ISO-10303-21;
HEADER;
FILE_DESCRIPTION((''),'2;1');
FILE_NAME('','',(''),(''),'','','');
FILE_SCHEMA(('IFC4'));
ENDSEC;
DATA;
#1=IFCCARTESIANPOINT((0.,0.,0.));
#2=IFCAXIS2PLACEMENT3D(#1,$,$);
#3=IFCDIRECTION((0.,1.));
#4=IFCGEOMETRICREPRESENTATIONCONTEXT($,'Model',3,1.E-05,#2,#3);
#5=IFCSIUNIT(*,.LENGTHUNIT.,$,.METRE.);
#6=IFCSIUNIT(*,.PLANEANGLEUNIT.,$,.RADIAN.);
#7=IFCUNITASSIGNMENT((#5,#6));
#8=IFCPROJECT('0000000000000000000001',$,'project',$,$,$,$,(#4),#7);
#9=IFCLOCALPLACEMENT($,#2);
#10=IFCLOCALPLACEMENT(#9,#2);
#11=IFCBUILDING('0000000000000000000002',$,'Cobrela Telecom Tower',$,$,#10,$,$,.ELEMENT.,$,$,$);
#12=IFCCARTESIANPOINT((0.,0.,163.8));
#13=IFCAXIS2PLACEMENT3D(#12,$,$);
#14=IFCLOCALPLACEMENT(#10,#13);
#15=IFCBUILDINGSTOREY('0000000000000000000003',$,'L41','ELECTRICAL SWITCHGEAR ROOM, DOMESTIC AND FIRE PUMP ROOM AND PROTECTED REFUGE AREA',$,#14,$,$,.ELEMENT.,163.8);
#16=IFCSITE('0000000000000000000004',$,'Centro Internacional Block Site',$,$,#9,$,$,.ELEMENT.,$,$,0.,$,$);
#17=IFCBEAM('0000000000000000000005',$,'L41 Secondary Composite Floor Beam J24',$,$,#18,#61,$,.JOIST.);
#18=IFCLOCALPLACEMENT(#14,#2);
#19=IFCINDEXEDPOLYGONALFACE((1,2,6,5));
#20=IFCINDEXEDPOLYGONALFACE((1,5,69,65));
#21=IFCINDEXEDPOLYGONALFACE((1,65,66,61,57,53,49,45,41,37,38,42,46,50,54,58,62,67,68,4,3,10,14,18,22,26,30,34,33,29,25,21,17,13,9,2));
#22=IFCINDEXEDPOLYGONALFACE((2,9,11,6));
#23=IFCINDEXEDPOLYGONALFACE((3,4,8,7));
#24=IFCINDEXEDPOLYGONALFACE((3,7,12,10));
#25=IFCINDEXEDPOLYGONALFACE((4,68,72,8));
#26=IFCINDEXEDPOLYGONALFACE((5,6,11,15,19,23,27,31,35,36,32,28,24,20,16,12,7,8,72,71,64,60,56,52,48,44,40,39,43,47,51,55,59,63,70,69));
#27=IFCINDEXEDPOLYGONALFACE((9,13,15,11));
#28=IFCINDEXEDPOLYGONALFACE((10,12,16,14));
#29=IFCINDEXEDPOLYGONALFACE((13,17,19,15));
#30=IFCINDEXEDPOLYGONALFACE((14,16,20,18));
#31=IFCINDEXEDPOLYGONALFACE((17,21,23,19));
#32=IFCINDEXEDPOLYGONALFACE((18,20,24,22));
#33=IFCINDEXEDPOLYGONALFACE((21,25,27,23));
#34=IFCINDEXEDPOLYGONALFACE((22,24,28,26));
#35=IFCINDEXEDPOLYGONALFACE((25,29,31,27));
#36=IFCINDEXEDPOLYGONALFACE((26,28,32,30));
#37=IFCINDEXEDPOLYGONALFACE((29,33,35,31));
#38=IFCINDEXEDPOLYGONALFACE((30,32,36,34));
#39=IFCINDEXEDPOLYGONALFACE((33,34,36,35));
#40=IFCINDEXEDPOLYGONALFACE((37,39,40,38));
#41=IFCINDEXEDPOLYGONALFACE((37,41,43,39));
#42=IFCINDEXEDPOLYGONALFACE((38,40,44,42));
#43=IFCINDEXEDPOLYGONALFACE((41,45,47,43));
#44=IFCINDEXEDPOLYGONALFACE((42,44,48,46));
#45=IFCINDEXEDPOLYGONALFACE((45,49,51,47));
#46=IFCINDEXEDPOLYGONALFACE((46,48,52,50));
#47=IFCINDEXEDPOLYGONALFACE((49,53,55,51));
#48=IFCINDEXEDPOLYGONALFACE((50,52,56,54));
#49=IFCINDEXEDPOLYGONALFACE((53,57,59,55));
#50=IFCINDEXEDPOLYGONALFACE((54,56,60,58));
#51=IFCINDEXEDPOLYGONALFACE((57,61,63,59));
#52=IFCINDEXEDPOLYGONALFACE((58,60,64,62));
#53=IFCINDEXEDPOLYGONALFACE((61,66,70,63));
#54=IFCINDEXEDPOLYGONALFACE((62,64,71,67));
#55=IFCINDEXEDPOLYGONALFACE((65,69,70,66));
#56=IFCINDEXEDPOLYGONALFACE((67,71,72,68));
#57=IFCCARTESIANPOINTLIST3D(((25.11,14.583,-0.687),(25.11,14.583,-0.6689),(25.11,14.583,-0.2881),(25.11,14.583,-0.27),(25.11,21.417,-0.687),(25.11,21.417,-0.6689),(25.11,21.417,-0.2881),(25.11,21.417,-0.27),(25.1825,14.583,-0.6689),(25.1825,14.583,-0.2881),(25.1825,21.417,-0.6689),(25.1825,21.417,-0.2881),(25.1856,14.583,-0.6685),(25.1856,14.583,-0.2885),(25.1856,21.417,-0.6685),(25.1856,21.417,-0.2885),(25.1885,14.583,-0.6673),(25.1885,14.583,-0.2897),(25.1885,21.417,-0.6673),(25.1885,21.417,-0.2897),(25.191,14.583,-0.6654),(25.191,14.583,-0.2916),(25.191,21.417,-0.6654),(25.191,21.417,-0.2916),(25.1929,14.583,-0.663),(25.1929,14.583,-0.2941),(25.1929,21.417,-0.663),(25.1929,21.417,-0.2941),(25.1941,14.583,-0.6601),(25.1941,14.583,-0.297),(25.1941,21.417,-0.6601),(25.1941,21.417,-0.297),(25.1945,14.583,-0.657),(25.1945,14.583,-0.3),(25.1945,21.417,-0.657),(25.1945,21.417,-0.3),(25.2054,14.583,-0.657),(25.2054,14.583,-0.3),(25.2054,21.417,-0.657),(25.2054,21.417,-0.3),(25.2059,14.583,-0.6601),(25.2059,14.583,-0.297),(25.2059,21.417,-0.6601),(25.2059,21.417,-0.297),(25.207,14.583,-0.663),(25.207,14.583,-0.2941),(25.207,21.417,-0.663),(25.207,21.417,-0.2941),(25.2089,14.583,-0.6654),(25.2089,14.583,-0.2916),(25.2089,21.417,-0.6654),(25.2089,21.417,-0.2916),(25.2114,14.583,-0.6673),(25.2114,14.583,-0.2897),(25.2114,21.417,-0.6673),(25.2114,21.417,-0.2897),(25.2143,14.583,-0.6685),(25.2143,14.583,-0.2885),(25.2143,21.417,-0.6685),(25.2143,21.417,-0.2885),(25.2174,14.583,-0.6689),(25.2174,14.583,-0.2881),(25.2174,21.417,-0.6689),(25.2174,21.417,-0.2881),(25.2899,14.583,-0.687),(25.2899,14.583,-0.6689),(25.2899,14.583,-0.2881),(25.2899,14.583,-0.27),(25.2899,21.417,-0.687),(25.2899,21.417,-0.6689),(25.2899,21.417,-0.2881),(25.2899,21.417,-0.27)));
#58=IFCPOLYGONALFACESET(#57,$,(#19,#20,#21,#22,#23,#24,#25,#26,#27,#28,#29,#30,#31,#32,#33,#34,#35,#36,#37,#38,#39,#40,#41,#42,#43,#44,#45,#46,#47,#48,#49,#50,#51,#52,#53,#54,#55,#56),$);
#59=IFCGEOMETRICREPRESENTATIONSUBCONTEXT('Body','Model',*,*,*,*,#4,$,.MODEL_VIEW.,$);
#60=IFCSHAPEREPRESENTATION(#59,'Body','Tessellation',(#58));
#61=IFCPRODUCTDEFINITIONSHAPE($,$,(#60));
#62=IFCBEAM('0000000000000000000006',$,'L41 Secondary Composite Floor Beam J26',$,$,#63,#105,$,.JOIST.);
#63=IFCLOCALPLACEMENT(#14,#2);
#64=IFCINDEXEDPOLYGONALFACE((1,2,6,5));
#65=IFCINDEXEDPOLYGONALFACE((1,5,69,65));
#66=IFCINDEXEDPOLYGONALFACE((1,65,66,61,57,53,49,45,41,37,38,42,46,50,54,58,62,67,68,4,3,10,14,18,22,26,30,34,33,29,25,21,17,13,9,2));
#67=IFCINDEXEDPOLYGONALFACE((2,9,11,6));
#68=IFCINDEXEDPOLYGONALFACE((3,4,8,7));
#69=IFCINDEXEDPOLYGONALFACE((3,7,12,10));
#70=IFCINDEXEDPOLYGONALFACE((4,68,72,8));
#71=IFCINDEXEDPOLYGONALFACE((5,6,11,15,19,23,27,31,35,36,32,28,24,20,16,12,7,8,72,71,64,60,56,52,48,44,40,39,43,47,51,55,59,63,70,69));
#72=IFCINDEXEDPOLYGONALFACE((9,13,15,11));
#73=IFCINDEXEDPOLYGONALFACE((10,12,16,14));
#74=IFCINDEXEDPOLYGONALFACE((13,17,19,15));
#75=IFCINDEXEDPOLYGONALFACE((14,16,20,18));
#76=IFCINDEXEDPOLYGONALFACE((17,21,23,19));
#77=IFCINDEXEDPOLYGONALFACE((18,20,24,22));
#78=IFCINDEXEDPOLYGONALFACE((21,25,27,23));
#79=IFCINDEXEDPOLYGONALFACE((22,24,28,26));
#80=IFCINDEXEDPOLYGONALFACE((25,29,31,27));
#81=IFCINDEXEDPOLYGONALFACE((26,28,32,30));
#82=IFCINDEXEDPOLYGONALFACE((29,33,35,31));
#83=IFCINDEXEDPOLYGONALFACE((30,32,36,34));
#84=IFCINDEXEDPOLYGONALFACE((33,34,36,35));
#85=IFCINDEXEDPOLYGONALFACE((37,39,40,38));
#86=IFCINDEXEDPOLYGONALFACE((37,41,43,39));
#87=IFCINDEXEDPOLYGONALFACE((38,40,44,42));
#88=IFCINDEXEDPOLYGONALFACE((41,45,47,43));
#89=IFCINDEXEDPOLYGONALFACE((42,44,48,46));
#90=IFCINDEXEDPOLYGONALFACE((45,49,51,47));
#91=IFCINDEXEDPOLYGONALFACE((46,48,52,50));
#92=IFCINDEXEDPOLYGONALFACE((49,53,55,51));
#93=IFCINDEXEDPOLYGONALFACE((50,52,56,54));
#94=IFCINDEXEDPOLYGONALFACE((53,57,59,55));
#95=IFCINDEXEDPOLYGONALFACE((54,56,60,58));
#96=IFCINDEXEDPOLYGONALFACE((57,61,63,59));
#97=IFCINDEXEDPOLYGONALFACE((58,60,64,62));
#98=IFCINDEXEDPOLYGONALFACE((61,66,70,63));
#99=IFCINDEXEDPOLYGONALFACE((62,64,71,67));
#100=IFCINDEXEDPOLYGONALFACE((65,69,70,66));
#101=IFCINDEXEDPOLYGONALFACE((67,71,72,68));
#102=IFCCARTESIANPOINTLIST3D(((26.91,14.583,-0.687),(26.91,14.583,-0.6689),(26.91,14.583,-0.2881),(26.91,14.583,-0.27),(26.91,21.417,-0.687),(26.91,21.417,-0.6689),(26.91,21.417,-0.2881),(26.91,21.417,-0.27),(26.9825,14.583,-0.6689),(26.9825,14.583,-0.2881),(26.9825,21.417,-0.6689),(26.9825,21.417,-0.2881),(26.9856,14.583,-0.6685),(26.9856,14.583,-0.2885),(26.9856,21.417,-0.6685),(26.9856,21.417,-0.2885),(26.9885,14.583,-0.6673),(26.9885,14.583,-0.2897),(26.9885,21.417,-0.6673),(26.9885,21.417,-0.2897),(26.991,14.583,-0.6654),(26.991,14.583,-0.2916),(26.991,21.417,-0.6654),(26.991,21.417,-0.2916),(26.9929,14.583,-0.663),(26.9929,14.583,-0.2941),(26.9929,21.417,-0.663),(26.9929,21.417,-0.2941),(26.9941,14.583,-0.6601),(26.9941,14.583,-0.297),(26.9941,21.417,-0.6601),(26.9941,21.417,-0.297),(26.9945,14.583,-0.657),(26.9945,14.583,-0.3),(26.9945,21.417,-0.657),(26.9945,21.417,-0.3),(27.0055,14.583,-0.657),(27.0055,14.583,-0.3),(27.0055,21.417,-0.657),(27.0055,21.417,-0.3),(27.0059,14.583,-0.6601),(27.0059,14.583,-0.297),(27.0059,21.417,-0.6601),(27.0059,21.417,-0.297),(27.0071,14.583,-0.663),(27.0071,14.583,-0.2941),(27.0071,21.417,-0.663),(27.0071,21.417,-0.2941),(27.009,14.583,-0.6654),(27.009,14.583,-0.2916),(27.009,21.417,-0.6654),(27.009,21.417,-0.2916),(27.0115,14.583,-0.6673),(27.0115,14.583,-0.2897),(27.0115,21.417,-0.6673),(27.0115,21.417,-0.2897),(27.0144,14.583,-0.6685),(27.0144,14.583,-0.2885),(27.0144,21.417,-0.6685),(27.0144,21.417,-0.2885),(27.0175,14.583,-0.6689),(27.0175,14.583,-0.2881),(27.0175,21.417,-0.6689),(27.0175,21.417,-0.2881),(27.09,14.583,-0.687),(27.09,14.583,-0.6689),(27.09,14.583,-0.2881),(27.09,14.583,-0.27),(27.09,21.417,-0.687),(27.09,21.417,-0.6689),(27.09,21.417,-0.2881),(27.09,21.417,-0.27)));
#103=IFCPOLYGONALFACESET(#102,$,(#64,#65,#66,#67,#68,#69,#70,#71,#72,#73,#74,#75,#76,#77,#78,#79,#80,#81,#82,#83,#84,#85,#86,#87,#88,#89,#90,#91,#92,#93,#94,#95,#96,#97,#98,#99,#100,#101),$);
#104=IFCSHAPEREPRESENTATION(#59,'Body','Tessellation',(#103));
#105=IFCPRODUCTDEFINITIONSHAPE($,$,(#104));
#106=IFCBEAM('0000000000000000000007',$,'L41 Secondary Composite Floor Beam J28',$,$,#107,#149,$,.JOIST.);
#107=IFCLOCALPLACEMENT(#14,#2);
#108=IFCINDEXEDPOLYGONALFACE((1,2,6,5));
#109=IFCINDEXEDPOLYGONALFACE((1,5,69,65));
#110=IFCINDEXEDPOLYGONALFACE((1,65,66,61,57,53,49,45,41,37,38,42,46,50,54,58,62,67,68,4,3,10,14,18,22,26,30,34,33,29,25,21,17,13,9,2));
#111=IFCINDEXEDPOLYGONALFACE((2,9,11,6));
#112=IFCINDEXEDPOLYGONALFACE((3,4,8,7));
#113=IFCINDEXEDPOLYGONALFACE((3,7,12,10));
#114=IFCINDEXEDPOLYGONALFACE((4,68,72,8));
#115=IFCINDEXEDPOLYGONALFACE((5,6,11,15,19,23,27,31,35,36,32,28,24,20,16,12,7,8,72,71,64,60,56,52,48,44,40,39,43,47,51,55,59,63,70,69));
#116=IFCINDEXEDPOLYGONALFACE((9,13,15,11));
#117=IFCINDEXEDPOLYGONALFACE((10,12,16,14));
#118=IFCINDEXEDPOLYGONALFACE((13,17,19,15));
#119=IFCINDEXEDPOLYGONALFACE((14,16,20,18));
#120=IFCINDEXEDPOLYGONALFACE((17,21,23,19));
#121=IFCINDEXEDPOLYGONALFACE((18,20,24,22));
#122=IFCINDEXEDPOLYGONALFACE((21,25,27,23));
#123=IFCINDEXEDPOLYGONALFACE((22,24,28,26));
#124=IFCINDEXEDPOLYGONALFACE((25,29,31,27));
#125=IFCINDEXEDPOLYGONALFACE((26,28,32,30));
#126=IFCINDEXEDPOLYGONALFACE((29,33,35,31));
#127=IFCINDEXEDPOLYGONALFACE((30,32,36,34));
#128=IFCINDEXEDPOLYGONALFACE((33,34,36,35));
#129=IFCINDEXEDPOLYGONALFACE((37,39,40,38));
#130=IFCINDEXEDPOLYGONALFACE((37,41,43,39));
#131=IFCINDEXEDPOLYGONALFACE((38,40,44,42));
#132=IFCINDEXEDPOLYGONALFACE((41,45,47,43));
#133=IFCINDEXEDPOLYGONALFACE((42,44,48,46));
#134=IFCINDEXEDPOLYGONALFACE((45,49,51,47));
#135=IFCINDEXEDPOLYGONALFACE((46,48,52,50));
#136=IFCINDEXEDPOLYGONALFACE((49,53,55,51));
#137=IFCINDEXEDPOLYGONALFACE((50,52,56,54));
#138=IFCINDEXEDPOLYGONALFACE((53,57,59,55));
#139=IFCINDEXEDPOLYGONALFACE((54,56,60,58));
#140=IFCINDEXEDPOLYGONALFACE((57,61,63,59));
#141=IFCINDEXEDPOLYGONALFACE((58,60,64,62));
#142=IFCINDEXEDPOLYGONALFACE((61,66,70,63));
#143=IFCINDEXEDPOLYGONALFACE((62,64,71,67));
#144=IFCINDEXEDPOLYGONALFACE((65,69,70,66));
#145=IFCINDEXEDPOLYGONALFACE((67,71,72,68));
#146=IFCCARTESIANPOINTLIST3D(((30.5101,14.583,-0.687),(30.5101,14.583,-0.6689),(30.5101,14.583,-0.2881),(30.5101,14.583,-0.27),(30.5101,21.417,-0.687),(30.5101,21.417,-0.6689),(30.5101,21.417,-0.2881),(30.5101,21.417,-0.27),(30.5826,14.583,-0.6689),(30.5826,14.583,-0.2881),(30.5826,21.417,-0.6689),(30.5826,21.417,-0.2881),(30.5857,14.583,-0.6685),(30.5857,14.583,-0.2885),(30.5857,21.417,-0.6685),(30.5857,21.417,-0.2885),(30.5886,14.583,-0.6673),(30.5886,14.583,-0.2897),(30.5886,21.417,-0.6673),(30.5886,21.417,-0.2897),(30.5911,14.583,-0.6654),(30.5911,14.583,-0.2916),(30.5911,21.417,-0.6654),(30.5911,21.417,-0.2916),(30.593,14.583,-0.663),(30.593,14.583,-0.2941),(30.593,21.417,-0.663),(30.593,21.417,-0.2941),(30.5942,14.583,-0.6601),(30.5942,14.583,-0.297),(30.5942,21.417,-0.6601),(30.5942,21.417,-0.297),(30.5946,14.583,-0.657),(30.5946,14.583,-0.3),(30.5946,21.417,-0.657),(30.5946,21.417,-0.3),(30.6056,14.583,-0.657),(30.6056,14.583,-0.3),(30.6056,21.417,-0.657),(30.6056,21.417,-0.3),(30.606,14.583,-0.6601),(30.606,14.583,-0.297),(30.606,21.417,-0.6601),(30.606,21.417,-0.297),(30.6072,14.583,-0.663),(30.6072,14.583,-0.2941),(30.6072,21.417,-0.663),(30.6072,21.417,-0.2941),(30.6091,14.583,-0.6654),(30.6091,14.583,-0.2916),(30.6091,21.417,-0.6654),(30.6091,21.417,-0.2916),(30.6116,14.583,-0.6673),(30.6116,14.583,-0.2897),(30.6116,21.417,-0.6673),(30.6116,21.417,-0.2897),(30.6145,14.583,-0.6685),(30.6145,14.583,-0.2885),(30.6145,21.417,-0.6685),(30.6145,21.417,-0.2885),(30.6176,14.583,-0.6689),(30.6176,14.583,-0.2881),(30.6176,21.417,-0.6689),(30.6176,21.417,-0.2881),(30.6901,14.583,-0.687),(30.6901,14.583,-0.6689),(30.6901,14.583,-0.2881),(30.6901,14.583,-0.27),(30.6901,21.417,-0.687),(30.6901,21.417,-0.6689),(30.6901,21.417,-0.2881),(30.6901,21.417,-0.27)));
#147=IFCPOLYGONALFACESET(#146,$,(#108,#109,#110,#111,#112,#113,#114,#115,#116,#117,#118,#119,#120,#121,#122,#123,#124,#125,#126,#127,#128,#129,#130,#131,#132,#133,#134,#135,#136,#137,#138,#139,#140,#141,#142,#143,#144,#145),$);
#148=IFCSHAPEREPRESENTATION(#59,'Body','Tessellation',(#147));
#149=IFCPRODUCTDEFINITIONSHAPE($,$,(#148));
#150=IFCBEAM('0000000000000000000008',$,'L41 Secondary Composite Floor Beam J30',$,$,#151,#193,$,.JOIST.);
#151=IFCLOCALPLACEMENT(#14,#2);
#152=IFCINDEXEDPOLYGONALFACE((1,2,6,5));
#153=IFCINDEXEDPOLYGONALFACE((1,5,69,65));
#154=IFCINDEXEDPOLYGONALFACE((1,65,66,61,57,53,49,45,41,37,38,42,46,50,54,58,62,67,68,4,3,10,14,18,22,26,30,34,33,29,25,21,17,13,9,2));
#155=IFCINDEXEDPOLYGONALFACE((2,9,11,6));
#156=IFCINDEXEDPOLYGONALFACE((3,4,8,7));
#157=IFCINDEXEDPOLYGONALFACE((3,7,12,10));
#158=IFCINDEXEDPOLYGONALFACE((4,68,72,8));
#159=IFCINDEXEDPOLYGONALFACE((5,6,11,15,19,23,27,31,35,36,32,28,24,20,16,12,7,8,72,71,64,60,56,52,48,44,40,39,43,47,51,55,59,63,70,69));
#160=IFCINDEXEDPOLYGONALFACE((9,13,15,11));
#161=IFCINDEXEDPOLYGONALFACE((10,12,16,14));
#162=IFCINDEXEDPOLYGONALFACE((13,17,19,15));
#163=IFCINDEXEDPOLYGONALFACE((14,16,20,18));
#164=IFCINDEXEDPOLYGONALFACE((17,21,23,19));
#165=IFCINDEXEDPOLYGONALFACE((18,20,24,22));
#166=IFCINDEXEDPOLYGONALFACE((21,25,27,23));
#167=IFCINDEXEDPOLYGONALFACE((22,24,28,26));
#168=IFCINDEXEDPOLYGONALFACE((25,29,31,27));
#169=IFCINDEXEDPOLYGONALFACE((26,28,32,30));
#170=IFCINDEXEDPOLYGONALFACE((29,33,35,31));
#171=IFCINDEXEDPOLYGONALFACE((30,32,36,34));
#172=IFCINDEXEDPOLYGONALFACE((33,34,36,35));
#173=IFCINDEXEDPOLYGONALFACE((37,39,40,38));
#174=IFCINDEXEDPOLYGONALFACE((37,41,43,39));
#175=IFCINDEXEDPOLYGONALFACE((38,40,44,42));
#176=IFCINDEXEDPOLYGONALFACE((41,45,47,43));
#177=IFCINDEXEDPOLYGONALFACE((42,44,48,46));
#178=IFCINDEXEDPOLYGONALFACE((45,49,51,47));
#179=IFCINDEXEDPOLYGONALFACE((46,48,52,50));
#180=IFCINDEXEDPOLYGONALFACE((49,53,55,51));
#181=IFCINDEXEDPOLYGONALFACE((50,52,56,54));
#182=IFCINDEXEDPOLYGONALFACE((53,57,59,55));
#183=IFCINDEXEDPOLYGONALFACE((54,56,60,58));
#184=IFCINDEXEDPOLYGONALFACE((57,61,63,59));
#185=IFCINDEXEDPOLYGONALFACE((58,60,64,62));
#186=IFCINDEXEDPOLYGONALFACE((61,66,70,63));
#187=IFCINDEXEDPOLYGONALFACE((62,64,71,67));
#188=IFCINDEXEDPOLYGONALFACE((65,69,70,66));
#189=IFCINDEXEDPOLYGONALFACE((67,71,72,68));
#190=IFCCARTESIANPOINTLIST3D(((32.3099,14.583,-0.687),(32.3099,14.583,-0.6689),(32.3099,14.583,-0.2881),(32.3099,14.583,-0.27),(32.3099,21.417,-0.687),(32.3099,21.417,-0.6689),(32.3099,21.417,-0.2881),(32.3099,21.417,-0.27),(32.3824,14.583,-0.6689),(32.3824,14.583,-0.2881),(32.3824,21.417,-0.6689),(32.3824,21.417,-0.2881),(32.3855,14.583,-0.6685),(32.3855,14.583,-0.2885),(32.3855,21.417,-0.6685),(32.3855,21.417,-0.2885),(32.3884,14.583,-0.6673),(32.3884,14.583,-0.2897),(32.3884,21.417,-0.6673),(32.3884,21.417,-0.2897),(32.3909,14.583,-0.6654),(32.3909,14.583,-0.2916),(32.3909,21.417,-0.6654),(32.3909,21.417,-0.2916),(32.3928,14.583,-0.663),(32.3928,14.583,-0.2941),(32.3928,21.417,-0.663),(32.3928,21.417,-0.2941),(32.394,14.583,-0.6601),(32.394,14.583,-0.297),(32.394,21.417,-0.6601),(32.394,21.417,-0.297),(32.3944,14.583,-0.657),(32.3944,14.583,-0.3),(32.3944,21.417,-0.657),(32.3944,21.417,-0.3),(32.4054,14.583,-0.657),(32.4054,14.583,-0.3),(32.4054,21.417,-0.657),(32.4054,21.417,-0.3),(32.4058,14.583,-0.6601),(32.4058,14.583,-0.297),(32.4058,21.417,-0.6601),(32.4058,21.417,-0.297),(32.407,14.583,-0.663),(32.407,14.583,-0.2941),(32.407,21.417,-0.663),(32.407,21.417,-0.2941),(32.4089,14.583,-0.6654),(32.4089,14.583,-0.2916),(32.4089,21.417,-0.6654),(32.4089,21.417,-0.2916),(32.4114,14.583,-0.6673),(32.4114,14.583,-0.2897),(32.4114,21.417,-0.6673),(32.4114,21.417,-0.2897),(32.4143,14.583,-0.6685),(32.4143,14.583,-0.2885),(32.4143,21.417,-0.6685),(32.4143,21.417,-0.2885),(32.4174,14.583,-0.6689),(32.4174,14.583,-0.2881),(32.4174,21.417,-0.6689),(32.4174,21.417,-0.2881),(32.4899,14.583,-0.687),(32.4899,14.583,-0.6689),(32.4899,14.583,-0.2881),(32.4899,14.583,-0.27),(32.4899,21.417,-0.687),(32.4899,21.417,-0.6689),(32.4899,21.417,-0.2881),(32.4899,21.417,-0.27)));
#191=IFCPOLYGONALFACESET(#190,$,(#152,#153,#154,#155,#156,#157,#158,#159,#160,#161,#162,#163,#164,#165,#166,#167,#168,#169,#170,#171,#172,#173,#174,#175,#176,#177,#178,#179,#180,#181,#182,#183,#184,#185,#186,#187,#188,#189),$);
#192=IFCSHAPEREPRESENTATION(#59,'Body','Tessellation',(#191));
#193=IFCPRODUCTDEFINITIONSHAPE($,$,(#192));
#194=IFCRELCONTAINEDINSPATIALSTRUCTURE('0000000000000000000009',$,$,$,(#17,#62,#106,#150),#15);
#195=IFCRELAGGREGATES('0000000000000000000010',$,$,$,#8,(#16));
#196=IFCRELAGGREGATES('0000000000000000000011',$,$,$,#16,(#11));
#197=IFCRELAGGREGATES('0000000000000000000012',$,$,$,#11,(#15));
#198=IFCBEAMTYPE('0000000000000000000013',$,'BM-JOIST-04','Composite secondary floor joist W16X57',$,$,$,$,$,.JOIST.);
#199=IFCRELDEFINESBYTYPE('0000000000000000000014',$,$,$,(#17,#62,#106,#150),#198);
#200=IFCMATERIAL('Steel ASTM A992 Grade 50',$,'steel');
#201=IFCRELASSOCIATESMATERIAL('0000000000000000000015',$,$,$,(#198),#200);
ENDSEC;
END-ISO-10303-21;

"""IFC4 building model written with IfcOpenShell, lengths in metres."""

from ifc_helpers import new_model, si_unit, direction, frame, origin, origin_2d, place, context, subcontext, project, spatial, i_section, extrude, material, material_profile, profile_set, type_object, element, save


model = new_model("IFC4")

# Units and contexts
model_context = context("Model", 3, precision=1e-05, world=origin(), true_north=direction((0.0, 1.0)))
body_context = subcontext(model_context, "Body", "Model", "MODEL_VIEW")
ifc_project = project(units=[si_unit("LENGTHUNIT", "METRE"), si_unit("PLANEANGLEUNIT", "RADIAN")], contexts=[model_context])

# Site, building, storey
site_placement = place(None, origin())
site = spatial("IfcSite", under=ifc_project, at=site_placement, Name="Centro Internacional Block Site", CompositionType="ELEMENT", RefElevation=0.0)
building_placement = place(site_placement, origin())
building = spatial("IfcBuilding", under=site, at=building_placement, Name="Cobrela Telecom Tower", CompositionType="ELEMENT")
storey_placement = place(building_placement, frame((0.0, 0.0, 163.8)))
storey = spatial("IfcBuildingStorey", under=building, at=storey_placement, Name="L41", Description="ELECTRICAL SWITCHGEAR ROOM, DOMESTIC AND FIRE PUMP ROOM AND PROTECTED REFUGE AREA", CompositionType="ELEMENT", Elevation=163.8)

# Shared definitions
ifc_material_1 = material(Name="Steel ASTM A992 Grade 50", Category="steel")

# Beams
ifc_material_profile_1 = material_profile(ifc_material_1, i_section(OverallWidth=0.1799, OverallDepth=0.417, WebThickness=0.011, FlangeThickness=0.0181, FilletRadius=0.012, at=origin_2d()), Name="W16X57")
ifc_profile_set_1 = profile_set([ifc_material_profile_1], Name="Steel ASTM A992 Grade 50")
beam_type_1 = type_object("IfcBeamType", Name="BM-JOIST-04", Description="Composite secondary floor joist W16X57", PredefinedType="JOIST", material=ifc_profile_set_1)
for number, where, z_axis, x_axis, name in (
    (1, (25.2, 14.583, -0.4785), (0.0, 1.0, 0.0), (-1.0, 0.0, 0.0), "L41 Secondary Composite Floor Beam J24"),
    (2, (27.0, 14.583, -0.4785), (0.0, 1.0, 0.0), (-1.0, 0.0, 0.0), "L41 Secondary Composite Floor Beam J26"),
    (3, (30.6001, 14.583, -0.4785), (0.0, 1.0, 0.0), (-1.0, 0.0, 0.0), "L41 Secondary Composite Floor Beam J28"),
    (4, (32.3999, 14.583, -0.4785), (0.0, 1.0, 0.0), (-1.0, 0.0, 0.0), "L41 Secondary Composite Floor Beam J30"),
):
    element("IfcBeam", number, at=place(storey_placement, frame(where, z_axis=z_axis, x_axis=x_axis)), inside=storey, type_object=beam_type_1, Name=name, PredefinedType="JOIST", context=body_context, shape_type="SweptSolid", body=[
        extrude(i_section(OverallWidth=0.1799, OverallDepth=0.417, WebThickness=0.011, FlangeThickness=0.0181, FilletRadius=0.012, at=origin_2d()), origin(), (0.0, 0.0, 1.0), 6.834),
    ])

save(model, "model.ifc")
